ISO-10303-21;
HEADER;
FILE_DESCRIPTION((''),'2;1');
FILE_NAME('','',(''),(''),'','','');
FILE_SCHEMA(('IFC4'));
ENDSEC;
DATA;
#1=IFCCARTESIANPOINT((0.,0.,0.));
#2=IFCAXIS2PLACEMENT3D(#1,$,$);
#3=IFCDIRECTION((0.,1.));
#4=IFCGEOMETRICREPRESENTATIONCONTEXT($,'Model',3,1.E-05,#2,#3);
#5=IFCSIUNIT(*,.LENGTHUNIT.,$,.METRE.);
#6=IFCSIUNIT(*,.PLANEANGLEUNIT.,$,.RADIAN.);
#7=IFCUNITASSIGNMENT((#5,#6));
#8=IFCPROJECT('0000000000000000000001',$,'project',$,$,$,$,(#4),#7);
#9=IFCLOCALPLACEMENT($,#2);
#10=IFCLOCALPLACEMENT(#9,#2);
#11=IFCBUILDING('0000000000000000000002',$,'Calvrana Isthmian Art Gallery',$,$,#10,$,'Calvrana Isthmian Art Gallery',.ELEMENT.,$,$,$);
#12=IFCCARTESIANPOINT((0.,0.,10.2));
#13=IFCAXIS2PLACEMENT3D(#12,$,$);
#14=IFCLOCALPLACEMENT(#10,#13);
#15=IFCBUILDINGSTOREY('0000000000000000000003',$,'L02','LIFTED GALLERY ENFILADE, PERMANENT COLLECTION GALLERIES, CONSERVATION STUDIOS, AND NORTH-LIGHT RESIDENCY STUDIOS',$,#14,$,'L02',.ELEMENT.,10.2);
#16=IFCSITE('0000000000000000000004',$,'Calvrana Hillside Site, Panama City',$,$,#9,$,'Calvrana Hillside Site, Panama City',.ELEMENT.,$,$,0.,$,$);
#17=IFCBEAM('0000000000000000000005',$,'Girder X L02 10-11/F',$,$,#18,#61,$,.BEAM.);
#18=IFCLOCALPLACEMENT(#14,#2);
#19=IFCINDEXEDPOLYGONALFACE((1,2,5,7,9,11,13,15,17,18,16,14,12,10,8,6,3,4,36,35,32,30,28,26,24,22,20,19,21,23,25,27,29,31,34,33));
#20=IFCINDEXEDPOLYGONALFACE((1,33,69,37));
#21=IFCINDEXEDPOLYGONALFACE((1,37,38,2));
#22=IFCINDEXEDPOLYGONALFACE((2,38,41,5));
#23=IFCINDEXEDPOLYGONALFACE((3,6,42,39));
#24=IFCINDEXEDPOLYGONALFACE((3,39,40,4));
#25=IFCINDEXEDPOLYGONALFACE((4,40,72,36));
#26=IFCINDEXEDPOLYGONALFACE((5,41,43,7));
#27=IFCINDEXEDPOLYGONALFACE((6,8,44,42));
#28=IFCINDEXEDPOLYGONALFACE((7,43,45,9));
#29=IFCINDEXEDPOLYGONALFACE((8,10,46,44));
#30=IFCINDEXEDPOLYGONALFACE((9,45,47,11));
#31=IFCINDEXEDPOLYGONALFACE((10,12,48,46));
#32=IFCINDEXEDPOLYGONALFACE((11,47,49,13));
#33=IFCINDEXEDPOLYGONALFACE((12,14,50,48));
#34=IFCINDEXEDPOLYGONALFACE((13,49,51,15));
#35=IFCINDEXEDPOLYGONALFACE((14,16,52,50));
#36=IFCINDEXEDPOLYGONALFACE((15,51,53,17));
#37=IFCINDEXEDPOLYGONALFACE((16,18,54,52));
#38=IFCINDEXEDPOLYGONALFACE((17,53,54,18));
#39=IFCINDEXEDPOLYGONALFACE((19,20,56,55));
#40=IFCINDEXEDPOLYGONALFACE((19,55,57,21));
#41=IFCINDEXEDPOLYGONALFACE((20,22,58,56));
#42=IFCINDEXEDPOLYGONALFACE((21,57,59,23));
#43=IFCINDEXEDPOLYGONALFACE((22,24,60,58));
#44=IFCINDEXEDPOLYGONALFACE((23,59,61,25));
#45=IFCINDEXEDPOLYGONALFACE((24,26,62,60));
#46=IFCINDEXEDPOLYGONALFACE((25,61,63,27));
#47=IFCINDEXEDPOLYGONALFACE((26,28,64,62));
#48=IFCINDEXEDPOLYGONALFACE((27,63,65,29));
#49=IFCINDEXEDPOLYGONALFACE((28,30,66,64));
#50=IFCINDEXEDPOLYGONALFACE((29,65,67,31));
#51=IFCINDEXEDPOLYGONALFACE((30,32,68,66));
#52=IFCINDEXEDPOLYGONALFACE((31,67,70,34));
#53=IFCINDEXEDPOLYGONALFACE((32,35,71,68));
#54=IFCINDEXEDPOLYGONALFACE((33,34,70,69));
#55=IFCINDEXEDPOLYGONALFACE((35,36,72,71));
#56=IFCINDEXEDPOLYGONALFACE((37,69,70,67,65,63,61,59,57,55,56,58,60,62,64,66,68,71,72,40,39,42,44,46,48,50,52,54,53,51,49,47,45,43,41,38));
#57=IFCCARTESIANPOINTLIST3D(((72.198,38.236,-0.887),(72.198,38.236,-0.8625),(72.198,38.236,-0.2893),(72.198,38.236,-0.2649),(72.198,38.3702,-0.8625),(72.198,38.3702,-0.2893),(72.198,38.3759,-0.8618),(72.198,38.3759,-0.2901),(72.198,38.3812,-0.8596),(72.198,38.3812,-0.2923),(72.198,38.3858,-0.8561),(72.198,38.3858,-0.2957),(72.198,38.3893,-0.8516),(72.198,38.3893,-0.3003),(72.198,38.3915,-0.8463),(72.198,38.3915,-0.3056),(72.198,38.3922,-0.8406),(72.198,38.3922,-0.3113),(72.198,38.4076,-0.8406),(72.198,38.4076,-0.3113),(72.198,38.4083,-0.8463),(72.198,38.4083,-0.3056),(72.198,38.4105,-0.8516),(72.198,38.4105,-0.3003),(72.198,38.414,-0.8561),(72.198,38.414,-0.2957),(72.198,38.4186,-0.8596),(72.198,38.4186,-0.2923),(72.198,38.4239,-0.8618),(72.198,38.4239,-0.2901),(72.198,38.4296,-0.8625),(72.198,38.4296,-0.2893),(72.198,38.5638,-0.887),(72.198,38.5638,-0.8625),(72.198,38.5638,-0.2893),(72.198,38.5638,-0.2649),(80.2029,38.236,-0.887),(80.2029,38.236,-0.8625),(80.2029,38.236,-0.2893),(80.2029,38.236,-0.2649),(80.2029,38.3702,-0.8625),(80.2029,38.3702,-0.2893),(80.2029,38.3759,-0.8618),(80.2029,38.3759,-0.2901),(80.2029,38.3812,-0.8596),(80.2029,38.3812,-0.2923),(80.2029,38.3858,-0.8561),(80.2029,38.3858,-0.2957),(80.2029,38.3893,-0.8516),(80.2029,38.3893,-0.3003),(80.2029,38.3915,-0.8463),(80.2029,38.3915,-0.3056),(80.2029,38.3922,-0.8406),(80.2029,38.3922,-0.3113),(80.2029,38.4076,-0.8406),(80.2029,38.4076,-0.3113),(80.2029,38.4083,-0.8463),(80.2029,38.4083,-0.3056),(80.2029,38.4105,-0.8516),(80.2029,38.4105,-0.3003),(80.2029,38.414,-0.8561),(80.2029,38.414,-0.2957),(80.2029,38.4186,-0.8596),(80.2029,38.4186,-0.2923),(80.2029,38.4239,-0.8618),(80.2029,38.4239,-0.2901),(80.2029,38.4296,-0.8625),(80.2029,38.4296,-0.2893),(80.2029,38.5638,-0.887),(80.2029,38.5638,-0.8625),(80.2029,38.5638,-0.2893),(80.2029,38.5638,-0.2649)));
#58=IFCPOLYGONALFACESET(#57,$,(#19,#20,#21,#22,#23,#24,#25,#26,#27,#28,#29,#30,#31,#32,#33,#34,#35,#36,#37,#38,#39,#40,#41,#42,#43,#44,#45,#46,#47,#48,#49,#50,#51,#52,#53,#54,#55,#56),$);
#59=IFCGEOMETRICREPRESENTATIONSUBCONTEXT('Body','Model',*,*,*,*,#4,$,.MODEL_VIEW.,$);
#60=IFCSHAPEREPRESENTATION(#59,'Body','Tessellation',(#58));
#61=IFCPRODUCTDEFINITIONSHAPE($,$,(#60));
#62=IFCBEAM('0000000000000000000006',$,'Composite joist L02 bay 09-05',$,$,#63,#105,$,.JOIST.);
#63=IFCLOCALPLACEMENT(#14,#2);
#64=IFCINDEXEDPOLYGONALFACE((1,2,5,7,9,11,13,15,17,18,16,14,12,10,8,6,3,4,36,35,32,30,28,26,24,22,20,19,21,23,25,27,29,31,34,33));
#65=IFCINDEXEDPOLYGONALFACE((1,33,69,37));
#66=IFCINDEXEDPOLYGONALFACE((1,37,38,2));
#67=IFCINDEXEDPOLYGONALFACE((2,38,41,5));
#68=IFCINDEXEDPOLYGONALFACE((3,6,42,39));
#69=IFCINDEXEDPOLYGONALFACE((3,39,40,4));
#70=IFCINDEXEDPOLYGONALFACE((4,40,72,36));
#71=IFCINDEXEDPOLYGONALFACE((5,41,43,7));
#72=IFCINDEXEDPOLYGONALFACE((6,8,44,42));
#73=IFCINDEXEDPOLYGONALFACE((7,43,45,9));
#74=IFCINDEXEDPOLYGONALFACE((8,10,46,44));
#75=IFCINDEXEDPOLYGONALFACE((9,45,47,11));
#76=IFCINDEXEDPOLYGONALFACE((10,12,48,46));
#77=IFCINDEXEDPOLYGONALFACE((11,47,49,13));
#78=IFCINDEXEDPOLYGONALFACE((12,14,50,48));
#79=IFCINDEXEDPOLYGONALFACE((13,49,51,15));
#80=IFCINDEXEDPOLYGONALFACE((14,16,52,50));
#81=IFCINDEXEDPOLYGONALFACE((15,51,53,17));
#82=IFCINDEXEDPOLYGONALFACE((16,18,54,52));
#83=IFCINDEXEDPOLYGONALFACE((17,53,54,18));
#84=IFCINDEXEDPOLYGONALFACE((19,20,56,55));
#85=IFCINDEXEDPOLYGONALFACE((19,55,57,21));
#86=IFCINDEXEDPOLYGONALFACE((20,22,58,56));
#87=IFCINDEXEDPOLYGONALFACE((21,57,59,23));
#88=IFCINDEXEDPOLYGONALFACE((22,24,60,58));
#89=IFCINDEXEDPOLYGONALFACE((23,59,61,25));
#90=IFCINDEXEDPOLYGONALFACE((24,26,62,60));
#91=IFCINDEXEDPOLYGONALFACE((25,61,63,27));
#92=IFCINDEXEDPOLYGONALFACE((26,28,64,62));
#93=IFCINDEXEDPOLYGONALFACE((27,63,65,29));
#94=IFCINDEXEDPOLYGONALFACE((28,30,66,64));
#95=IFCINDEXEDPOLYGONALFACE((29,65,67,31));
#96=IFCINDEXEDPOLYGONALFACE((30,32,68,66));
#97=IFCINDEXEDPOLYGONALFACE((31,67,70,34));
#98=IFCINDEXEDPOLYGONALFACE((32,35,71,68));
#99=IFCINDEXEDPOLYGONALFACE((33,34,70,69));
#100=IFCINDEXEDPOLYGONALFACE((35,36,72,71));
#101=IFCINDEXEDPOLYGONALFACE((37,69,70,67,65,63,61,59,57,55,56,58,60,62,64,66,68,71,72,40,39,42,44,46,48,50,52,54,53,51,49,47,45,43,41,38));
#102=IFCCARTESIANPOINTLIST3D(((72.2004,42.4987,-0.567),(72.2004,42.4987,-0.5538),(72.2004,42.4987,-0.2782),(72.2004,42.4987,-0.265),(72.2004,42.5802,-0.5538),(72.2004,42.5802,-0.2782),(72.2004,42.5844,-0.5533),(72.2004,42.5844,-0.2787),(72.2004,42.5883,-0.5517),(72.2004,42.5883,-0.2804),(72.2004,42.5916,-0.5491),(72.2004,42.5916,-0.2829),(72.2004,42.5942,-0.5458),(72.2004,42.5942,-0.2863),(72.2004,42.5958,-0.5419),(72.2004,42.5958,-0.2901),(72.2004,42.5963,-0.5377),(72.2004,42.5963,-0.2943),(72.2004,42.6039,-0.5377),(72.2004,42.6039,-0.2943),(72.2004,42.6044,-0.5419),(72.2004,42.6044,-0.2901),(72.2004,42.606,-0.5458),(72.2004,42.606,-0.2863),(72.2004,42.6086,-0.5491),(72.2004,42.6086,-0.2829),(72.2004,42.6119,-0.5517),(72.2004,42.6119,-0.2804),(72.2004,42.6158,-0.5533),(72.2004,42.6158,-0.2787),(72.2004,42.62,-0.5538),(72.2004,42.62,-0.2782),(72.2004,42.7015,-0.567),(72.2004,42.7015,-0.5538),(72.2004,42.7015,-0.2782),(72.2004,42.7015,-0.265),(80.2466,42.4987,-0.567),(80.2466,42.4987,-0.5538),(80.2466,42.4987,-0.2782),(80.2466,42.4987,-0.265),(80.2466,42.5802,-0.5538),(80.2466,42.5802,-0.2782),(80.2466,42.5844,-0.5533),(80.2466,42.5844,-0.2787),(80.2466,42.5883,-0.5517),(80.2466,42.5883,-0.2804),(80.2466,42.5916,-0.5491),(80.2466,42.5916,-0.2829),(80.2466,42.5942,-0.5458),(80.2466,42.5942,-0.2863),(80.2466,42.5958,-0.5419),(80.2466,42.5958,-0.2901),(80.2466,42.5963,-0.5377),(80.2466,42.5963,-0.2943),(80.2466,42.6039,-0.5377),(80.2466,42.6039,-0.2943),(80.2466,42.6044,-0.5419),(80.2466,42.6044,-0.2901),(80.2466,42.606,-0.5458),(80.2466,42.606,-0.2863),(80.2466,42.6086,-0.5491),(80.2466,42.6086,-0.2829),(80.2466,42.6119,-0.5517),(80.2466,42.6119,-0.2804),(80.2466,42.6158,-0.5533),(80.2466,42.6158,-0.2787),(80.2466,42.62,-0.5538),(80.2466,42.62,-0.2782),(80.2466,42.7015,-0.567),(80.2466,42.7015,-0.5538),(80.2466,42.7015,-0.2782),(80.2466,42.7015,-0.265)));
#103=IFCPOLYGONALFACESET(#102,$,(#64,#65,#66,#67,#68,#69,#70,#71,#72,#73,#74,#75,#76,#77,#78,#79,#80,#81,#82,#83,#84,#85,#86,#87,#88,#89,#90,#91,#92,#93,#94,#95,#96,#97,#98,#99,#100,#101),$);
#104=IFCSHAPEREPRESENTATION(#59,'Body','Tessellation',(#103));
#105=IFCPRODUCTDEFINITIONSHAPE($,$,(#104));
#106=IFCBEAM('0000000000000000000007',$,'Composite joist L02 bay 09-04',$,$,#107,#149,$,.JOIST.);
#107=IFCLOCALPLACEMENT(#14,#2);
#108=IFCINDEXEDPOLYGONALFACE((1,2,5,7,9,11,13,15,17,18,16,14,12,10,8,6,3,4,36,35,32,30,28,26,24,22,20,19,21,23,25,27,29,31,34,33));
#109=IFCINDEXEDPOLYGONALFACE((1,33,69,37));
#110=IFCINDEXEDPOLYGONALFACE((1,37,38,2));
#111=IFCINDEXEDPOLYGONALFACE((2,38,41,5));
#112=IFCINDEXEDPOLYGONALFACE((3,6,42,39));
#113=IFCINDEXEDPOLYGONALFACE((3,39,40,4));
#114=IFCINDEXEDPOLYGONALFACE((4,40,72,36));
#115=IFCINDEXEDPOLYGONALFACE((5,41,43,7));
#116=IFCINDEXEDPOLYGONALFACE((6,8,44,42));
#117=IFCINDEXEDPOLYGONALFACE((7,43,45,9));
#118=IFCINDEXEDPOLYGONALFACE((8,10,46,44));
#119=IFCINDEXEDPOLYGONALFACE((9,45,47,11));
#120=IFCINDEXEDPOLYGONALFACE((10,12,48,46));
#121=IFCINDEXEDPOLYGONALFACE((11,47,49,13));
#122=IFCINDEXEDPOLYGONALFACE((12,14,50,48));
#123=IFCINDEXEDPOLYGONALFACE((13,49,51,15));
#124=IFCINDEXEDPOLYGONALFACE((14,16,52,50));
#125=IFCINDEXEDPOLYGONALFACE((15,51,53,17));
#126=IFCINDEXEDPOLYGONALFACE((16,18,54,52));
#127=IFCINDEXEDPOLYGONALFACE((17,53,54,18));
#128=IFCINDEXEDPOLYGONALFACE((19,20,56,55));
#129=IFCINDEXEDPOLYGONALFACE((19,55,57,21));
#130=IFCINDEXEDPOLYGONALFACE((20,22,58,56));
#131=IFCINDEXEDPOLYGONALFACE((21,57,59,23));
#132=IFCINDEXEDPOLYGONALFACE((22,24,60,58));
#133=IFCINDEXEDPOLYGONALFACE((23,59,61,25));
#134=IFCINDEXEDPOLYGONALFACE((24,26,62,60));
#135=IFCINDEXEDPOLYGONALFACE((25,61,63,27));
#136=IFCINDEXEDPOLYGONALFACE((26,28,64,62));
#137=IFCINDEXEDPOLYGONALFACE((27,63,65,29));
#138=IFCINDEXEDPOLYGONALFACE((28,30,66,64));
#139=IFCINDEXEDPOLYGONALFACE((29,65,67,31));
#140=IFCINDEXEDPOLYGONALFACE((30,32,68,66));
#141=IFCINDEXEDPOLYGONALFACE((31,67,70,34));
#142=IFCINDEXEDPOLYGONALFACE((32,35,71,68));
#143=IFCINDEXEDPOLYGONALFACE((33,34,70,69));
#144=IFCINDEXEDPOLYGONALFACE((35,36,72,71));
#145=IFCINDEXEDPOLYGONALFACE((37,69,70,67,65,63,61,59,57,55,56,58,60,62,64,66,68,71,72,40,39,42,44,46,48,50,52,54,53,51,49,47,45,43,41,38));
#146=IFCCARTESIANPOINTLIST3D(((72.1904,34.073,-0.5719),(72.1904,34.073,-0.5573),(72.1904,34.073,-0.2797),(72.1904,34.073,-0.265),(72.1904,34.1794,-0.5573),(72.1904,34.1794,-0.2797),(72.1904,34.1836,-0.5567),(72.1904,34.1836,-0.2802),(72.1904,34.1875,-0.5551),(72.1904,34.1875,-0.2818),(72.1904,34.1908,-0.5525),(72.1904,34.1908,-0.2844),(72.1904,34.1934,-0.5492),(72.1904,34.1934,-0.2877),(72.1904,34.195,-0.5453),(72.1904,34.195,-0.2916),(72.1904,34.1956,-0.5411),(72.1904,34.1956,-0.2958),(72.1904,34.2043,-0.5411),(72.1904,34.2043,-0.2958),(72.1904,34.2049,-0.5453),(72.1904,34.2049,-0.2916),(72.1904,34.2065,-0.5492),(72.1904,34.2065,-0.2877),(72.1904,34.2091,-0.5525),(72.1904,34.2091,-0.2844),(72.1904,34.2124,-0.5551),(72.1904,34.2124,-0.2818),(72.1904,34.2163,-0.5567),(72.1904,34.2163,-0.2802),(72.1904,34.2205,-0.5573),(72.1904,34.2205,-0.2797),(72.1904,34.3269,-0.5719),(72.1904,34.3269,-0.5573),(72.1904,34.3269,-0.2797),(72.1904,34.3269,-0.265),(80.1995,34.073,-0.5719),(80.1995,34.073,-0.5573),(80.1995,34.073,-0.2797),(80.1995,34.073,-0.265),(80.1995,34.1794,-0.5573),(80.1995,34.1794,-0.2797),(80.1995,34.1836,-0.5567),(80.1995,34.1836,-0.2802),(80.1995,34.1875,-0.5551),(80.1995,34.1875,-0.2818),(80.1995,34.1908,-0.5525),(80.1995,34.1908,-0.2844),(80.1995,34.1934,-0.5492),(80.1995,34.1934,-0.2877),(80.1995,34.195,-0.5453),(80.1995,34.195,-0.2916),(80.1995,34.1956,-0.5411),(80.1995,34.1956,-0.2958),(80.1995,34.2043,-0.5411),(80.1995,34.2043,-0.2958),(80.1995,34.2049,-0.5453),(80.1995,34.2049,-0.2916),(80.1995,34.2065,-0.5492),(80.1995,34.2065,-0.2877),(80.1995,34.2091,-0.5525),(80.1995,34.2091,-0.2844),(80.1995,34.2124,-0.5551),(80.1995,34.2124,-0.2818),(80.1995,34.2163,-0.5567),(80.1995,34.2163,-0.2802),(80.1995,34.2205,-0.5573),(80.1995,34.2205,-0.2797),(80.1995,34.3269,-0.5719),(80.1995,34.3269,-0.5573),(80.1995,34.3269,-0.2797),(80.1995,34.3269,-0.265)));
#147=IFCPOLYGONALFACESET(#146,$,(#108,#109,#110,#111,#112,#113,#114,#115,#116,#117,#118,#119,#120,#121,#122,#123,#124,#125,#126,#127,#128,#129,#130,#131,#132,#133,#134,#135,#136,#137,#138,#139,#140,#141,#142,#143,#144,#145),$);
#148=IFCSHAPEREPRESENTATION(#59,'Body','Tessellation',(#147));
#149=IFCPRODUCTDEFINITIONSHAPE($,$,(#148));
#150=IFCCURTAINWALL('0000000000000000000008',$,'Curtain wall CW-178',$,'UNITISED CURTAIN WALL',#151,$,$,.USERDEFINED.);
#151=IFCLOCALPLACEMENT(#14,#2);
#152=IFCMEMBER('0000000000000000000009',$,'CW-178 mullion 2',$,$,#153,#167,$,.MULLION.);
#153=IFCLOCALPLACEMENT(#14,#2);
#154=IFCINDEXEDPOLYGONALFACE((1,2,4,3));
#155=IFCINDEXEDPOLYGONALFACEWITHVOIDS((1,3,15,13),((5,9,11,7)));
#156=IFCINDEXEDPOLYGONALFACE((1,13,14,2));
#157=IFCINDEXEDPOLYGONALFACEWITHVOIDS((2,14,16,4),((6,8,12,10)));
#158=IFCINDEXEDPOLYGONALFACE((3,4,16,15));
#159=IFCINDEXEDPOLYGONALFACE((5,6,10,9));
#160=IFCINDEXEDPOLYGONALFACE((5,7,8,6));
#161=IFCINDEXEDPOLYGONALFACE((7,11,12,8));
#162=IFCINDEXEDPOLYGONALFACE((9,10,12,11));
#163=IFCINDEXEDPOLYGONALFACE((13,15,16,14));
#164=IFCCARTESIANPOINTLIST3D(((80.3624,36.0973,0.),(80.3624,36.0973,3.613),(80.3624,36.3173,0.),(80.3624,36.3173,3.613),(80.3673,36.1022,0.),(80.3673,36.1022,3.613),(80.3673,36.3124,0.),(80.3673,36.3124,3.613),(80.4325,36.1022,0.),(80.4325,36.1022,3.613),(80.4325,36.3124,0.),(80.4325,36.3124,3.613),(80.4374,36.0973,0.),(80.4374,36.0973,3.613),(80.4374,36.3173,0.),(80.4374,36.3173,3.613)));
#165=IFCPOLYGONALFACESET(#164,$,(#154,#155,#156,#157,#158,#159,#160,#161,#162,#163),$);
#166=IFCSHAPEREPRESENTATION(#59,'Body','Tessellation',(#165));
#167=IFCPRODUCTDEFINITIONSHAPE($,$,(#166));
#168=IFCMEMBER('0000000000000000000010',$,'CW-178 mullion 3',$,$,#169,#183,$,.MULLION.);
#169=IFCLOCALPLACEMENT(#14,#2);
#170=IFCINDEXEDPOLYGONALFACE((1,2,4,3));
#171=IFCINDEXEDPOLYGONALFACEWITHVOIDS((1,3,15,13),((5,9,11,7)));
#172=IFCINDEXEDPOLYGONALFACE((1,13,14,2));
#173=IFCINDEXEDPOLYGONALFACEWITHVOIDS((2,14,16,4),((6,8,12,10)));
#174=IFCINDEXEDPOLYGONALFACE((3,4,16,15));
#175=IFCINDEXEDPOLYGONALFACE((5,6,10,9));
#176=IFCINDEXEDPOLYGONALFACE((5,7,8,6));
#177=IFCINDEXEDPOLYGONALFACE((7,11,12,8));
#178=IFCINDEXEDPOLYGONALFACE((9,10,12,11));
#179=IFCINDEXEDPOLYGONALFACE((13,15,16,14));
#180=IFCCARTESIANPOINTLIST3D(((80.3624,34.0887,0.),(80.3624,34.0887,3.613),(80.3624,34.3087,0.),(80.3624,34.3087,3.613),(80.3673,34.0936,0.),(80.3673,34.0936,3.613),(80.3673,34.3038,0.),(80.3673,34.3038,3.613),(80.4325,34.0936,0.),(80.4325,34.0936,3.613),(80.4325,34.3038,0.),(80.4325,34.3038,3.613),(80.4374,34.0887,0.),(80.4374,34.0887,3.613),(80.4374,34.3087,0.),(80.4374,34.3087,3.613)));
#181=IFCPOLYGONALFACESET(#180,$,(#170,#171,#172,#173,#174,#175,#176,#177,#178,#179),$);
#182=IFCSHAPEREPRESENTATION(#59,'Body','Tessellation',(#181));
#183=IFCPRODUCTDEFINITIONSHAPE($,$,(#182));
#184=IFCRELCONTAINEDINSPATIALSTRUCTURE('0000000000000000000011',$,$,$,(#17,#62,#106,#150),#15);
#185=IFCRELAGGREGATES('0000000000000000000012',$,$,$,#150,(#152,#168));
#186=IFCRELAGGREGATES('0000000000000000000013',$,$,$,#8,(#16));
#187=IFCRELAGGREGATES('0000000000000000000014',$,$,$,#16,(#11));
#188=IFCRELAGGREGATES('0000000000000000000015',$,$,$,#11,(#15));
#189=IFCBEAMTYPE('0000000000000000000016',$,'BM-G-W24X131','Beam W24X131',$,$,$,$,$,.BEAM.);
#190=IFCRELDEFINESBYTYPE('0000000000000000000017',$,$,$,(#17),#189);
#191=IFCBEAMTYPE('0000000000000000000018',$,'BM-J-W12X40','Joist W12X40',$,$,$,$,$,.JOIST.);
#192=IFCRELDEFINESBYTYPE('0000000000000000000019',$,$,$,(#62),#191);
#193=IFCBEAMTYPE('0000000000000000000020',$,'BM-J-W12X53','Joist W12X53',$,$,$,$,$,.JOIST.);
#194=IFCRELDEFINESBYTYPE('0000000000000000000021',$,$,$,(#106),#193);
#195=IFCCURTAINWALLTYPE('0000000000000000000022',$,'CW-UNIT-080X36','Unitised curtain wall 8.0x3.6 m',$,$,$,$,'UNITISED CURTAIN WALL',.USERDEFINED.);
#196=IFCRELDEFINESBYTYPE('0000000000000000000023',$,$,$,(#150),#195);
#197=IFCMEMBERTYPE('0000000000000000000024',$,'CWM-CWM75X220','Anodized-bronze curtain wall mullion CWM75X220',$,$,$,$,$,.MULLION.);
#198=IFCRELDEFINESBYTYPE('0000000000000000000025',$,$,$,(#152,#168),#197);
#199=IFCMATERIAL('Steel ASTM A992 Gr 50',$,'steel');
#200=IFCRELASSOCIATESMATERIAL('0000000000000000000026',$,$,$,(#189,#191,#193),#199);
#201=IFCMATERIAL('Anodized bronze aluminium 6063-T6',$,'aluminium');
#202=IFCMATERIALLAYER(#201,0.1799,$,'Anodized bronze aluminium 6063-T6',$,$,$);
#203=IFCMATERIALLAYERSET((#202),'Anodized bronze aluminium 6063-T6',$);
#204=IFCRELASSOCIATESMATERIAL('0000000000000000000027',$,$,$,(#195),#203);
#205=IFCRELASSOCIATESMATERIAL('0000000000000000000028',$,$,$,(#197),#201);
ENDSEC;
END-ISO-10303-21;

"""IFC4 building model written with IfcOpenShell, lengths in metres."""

from ifc_helpers import new_model, si_unit, direction, frame, origin, origin_2d, place, context, subcontext, project, spatial, hollow_rectangle, i_section, extrude, material, layer, layer_set, material_profile, profile_set, type_object, element, aggregate, save


model = new_model("IFC4")

# Units and contexts
model_context = context("Model", 3, precision=1e-05, world=origin(), true_north=direction((0.0, 1.0)))
body_context = subcontext(model_context, "Body", "Model", "MODEL_VIEW")
ifc_project = project(units=[si_unit("LENGTHUNIT", "METRE"), si_unit("PLANEANGLEUNIT", "RADIAN")], contexts=[model_context])

# Site, building, storey
site_placement = place(None, origin())
site = spatial("IfcSite", under=ifc_project, at=site_placement, Name="Calvrana Hillside Site, Panama City", LongName="Calvrana Hillside Site, Panama City", CompositionType="ELEMENT", RefElevation=0.0)
building_placement = place(site_placement, origin())
building = spatial("IfcBuilding", under=site, at=building_placement, Name="Calvrana Isthmian Art Gallery", LongName="Calvrana Isthmian Art Gallery", CompositionType="ELEMENT")
storey_placement = place(building_placement, frame((0.0, 0.0, 10.2)))
storey = spatial("IfcBuildingStorey", under=building, at=storey_placement, Name="L02", Description="LIFTED GALLERY ENFILADE, PERMANENT COLLECTION GALLERIES, CONSERVATION STUDIOS, AND NORTH-LIGHT RESIDENCY STUDIOS", LongName="L02", CompositionType="ELEMENT", Elevation=10.2)

# Beams
ifc_material_1 = material(Name="Steel ASTM A992 Gr 50", Category="steel")
ifc_material_profile_1 = material_profile(ifc_material_1, i_section(OverallWidth=0.3279, OverallDepth=0.6221, WebThickness=0.0154, FlangeThickness=0.0244, FilletRadius=0.022, at=origin_2d()), Name="W24X131")
ifc_profile_set_1 = profile_set([ifc_material_profile_1], Name="Steel ASTM A992 Gr 50")
beam_type_1 = type_object("IfcBeamType", Name="BM-G-W24X131", Description="Beam W24X131", PredefinedType="BEAM", material=ifc_profile_set_1)
beam_1_placement = place(storey_placement, frame((72.198, 38.3999, -0.5759), z_axis=(1.0, 0.0, 0.0), x_axis=(0.0, 1.0, 0.0)))
element("IfcBeam", 1, at=beam_1_placement, inside=storey, type_object=beam_type_1, Name="Girder X L02 10-11/F", PredefinedType="BEAM", context=body_context, shape_type="SweptSolid", body=[
    extrude(i_section(OverallWidth=0.3279, OverallDepth=0.6221, WebThickness=0.0154, FlangeThickness=0.0244, FilletRadius=0.022, at=origin_2d()), origin(), (0.0, 0.0, 1.0), 8.0049),
])
ifc_material_profile_2 = material_profile(ifc_material_1, i_section(OverallWidth=0.2029, OverallDepth=0.302, WebThickness=0.0076, FlangeThickness=0.0132, FilletRadius=0.0161, at=origin_2d()), Name="W12X40")
ifc_profile_set_2 = profile_set([ifc_material_profile_2], Name="Steel ASTM A992 Gr 50")
beam_type_2 = type_object("IfcBeamType", Name="BM-J-W12X40", Description="Joist W12X40", PredefinedType="JOIST", material=ifc_profile_set_2)
beam_2_placement = place(storey_placement, frame((72.2004, 42.6001, -0.416), z_axis=(1.0, 0.0, 0.0), x_axis=(0.0, 1.0, 0.0)))
element("IfcBeam", 2, at=beam_2_placement, inside=storey, type_object=beam_type_2, Name="Composite joist L02 bay 09-05", PredefinedType="JOIST", context=body_context, shape_type="SweptSolid", body=[
    extrude(i_section(OverallWidth=0.2029, OverallDepth=0.302, WebThickness=0.0076, FlangeThickness=0.0132, FilletRadius=0.0161, at=origin_2d()), origin(), (0.0, 0.0, 1.0), 8.0461),
])
ifc_material_profile_3 = material_profile(ifc_material_1, i_section(OverallWidth=0.2539, OverallDepth=0.3069, WebThickness=0.0088, FlangeThickness=0.0146, FilletRadius=0.0161, at=origin_2d()), Name="W12X53")
ifc_profile_set_3 = profile_set([ifc_material_profile_3], Name="Steel ASTM A992 Gr 50")
beam_type_3 = type_object("IfcBeamType", Name="BM-J-W12X53", Description="Joist W12X53", PredefinedType="JOIST", material=ifc_profile_set_3)
beam_3_placement = place(storey_placement, frame((72.1904, 34.2, -0.4185), z_axis=(1.0, 0.0, 0.0), x_axis=(0.0, 1.0, 0.0)))
element("IfcBeam", 3, at=beam_3_placement, inside=storey, type_object=beam_type_3, Name="Composite joist L02 bay 09-04", PredefinedType="JOIST", context=body_context, shape_type="SweptSolid", body=[
    extrude(i_section(OverallWidth=0.2539, OverallDepth=0.3069, WebThickness=0.0088, FlangeThickness=0.0146, FilletRadius=0.0161, at=origin_2d()), origin(), (0.0, 0.0, 1.0), 8.009),
])

# Curtain wall, members
ifc_material_2 = material(Name="Anodized bronze aluminium 6063-T6", Category="aluminium")
ifc_layer_1 = layer(ifc_material_2, 0.1799, Name="Anodized bronze aluminium 6063-T6")
ifc_layer_set_1 = layer_set([ifc_layer_1], Name="Anodized bronze aluminium 6063-T6")
curtain_wall_type = type_object("IfcCurtainWallType", Name="CW-UNIT-080X36", Description="Unitised curtain wall 8.0x3.6 m", ElementType="UNITISED CURTAIN WALL", PredefinedType="USERDEFINED", material=ifc_layer_set_1)
curtain_wall_placement = place(storey_placement, origin())
curtain_wall = element("IfcCurtainWall", 4, at=curtain_wall_placement, inside=storey, type_object=curtain_wall_type, Name="Curtain wall CW-178", ObjectType="UNITISED CURTAIN WALL", PredefinedType="USERDEFINED")
ifc_material_profile_4 = material_profile(ifc_material_2, hollow_rectangle(XDim=0.075, YDim=0.22, WallThickness=0.0049, at=origin_2d()), Name="CWM75X220")
ifc_profile_set_4 = profile_set([ifc_material_profile_4], Name="Anodized bronze aluminium 6063-T6")
member_type_1 = type_object("IfcMemberType", Name="CWM-CWM75X220", Description="Anodized-bronze curtain wall mullion CWM75X220", PredefinedType="MULLION", material=ifc_profile_set_4)
member_1_placement = place(storey_placement, frame((80.3999, 36.2073, 0.0), z_axis=(0.0, 0.0, 1.0), x_axis=(1.0, 0.0, 0.0)))
member_1 = element("IfcMember", 5, at=member_1_placement, type_object=member_type_1, Name="CW-178 mullion 2", PredefinedType="MULLION", context=body_context, shape_type="SweptSolid", body=[
    extrude(hollow_rectangle(XDim=0.075, YDim=0.22, WallThickness=0.0049, at=origin_2d()), origin(), (0.0, 0.0, 1.0), 3.613),
])
member_2_placement = place(storey_placement, frame((80.3999, 34.1987, 0.0), z_axis=(0.0, 0.0, 1.0), x_axis=(1.0, 0.0, 0.0)))
member_2 = element("IfcMember", 6, at=member_2_placement, type_object=member_type_1, Name="CW-178 mullion 3", PredefinedType="MULLION", context=body_context, shape_type="SweptSolid", body=[
    extrude(hollow_rectangle(XDim=0.075, YDim=0.22, WallThickness=0.0049, at=origin_2d()), origin(), (0.0, 0.0, 1.0), 3.613),
])
aggregate(curtain_wall, [member_1, member_2])

save(model, "model.ifc")
